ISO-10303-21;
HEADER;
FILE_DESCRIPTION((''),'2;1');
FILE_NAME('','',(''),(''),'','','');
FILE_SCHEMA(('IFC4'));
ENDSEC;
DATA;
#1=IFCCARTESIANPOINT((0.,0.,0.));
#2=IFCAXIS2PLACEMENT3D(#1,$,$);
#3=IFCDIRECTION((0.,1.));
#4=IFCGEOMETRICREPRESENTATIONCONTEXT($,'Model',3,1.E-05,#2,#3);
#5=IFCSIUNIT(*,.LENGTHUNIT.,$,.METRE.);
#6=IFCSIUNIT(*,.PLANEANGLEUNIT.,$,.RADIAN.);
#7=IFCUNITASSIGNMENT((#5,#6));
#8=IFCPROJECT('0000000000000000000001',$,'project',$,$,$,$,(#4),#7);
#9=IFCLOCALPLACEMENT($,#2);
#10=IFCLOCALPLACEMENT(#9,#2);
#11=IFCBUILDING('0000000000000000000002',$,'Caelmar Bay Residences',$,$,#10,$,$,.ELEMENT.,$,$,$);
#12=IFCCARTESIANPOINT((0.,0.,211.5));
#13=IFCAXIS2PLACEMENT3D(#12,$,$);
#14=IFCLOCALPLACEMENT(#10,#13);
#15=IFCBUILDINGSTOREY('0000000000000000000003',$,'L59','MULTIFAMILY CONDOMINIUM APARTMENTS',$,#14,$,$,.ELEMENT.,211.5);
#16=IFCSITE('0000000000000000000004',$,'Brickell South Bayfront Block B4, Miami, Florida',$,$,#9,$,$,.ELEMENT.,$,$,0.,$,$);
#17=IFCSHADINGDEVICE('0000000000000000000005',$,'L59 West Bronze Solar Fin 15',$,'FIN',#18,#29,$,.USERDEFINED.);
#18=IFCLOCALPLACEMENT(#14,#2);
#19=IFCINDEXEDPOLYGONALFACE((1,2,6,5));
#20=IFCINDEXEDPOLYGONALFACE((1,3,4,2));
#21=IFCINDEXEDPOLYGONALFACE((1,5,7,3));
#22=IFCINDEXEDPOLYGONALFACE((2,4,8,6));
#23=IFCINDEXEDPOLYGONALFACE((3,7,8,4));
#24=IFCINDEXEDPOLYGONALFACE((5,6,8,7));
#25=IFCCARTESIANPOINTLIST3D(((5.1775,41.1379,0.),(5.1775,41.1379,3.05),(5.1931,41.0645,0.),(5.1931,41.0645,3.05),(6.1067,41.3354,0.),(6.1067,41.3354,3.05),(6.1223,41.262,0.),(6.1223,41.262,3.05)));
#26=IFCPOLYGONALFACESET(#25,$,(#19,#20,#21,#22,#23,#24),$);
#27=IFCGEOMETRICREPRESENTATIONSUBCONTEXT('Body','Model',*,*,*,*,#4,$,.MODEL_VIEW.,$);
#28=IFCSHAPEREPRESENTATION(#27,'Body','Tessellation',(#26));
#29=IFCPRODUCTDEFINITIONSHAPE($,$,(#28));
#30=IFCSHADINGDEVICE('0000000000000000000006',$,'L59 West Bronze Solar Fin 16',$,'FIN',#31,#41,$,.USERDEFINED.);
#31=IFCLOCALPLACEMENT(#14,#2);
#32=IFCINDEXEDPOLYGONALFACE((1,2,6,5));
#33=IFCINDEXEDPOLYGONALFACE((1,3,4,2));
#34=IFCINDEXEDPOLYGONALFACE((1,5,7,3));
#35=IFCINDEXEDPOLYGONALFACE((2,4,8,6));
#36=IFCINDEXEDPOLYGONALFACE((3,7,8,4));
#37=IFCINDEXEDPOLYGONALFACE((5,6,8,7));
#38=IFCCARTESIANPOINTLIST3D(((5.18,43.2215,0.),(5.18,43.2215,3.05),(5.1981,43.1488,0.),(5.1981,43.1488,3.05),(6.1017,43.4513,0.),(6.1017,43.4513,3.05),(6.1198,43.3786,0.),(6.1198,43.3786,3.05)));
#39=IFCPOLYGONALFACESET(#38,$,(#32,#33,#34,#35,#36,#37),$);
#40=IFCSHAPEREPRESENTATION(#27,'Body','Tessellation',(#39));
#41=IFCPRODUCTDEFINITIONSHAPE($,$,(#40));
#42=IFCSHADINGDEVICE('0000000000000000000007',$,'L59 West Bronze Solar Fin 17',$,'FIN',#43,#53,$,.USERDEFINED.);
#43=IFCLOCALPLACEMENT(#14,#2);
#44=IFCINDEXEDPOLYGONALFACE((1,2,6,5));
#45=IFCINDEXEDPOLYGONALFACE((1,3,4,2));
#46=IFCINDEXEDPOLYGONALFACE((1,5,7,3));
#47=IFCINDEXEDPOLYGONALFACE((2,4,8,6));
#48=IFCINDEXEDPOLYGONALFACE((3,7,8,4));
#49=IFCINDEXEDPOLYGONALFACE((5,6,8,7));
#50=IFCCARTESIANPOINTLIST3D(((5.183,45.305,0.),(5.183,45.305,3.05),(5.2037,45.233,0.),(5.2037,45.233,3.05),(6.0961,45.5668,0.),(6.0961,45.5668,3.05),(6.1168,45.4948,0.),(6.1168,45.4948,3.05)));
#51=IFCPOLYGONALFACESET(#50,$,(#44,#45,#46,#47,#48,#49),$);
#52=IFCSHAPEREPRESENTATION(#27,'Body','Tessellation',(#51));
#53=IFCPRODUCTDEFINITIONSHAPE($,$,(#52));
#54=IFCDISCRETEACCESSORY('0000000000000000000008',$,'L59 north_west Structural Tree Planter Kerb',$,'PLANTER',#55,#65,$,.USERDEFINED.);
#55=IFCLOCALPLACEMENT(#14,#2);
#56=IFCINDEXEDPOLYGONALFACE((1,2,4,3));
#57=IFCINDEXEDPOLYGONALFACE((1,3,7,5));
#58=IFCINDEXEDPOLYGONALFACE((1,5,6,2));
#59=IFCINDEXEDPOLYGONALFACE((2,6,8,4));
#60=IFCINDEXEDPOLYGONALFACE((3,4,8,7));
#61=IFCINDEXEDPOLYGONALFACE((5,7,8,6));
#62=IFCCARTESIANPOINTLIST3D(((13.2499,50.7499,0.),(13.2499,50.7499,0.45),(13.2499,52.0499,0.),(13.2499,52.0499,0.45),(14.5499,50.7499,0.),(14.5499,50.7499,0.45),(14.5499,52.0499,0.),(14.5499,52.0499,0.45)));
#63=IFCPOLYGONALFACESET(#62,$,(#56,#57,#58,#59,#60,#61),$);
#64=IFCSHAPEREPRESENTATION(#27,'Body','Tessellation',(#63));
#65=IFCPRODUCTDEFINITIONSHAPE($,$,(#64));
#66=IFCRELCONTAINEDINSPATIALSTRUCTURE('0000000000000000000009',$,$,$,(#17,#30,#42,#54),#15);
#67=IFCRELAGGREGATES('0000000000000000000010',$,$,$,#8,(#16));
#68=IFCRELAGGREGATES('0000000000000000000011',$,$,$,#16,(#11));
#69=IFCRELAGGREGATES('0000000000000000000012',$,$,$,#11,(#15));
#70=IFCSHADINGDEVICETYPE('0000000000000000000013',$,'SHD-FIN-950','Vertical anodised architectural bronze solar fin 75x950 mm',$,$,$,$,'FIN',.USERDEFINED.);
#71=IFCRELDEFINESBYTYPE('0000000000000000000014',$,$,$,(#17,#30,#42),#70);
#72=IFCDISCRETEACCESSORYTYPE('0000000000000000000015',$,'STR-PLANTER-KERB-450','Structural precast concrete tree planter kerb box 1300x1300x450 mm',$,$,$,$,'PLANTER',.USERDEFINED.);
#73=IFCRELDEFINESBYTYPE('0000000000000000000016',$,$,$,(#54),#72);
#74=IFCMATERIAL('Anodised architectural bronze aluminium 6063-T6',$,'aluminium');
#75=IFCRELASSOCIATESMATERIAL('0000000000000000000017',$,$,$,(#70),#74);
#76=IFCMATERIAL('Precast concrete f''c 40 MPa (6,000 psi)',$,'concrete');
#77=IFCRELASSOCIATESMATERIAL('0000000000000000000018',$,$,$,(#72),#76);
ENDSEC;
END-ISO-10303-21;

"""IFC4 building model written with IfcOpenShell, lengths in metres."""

from ifc_helpers import new_model, si_unit, direction, frame, origin, origin_2d, place, context, subcontext, project, spatial, rectangle, extrude, material, material_profile, profile_set, type_object, element, save


model = new_model("IFC4")

# Units and contexts
model_context = context("Model", 3, precision=1e-05, world=origin(), true_north=direction((0.0, 1.0)))
body_context = subcontext(model_context, "Body", "Model", "MODEL_VIEW")
ifc_project = project(units=[si_unit("LENGTHUNIT", "METRE"), si_unit("PLANEANGLEUNIT", "RADIAN")], contexts=[model_context])

# Site, building, storey
site_placement = place(None, origin())
site = spatial("IfcSite", under=ifc_project, at=site_placement, Name="Brickell South Bayfront Block B4, Miami, Florida", CompositionType="ELEMENT", RefElevation=0.0)
building_placement = place(site_placement, origin())
building = spatial("IfcBuilding", under=site, at=building_placement, Name="Caelmar Bay Residences", CompositionType="ELEMENT")
storey_placement = place(building_placement, frame((0.0, 0.0, 211.5)))
storey = spatial("IfcBuildingStorey", under=building, at=storey_placement, Name="L59", Description="MULTIFAMILY CONDOMINIUM APARTMENTS", CompositionType="ELEMENT", Elevation=211.5)

# Shared definitions
ifc_material_1 = material(Name="Precast concrete f'c 40 MPa (6,000 psi)", Category="concrete")

# Shading devices
ifc_material_2 = material(Name="Anodised architectural bronze aluminium 6063-T6", Category="aluminium")
ifc_material_profile_1 = material_profile(ifc_material_2, rectangle(XDim=0.075, YDim=0.95, at=origin_2d()), Name="BRONZE-FIN-75X950")
ifc_profile_set_1 = profile_set([ifc_material_profile_1], Name="Anodised architectural bronze aluminium 6063-T6")
shading_device_type = type_object("IfcShadingDeviceType", Name="SHD-FIN-950", Description="Vertical anodised architectural bronze solar fin 75x950 mm", ElementType="FIN", PredefinedType="USERDEFINED", material=ifc_profile_set_1)
for number, where, z_axis, x_axis, name in (
    (1, (5.6499, 41.2, 0.0), (0.0, 0.0, 1.0), (-0.207912, 0.978148, 0.0), "L59 West Bronze Solar Fin 15"),
    (2, (5.6499, 43.3, 0.0), (0.0, 0.0, 1.0), (-0.241922, 0.970296, 0.0), "L59 West Bronze Solar Fin 16"),
    (3, (5.6499, 45.3999, 0.0), (0.0, 0.0, 1.0), (-0.275637, 0.961262, 0.0), "L59 West Bronze Solar Fin 17"),
):
    element("IfcShadingDevice", number, at=place(storey_placement, frame(where, z_axis=z_axis, x_axis=x_axis)), inside=storey, type_object=shading_device_type, Name=name, ObjectType="FIN", PredefinedType="USERDEFINED", context=body_context, shape_type="SweptSolid", body=[
        extrude(rectangle(XDim=0.075, YDim=0.95, at=origin_2d()), origin(), (0.0, 0.0, 1.0), 3.05),
    ])

# Discrete accessory
discrete_accessory_type = type_object("IfcDiscreteAccessoryType", Name="STR-PLANTER-KERB-450", Description="Structural precast concrete tree planter kerb box 1300x1300x450 mm", ElementType="PLANTER", PredefinedType="USERDEFINED", material=ifc_material_1)
discrete_accessory_placement = place(storey_placement, frame((13.8999, 51.3999, 0.0), z_axis=(0.0, 0.0, 1.0), x_axis=(1.0, 0.0, 0.0)))
element("IfcDiscreteAccessory", 4, at=discrete_accessory_placement, inside=storey, type_object=discrete_accessory_type, Name="L59 north_west Structural Tree Planter Kerb", ObjectType="PLANTER", PredefinedType="USERDEFINED", context=body_context, shape_type="SweptSolid", body=[
    extrude(rectangle(XDim=1.3, YDim=1.3, at=origin_2d()), origin(), (0.0, 0.0, 1.0), 0.45),
])

save(model, "model.ifc")
